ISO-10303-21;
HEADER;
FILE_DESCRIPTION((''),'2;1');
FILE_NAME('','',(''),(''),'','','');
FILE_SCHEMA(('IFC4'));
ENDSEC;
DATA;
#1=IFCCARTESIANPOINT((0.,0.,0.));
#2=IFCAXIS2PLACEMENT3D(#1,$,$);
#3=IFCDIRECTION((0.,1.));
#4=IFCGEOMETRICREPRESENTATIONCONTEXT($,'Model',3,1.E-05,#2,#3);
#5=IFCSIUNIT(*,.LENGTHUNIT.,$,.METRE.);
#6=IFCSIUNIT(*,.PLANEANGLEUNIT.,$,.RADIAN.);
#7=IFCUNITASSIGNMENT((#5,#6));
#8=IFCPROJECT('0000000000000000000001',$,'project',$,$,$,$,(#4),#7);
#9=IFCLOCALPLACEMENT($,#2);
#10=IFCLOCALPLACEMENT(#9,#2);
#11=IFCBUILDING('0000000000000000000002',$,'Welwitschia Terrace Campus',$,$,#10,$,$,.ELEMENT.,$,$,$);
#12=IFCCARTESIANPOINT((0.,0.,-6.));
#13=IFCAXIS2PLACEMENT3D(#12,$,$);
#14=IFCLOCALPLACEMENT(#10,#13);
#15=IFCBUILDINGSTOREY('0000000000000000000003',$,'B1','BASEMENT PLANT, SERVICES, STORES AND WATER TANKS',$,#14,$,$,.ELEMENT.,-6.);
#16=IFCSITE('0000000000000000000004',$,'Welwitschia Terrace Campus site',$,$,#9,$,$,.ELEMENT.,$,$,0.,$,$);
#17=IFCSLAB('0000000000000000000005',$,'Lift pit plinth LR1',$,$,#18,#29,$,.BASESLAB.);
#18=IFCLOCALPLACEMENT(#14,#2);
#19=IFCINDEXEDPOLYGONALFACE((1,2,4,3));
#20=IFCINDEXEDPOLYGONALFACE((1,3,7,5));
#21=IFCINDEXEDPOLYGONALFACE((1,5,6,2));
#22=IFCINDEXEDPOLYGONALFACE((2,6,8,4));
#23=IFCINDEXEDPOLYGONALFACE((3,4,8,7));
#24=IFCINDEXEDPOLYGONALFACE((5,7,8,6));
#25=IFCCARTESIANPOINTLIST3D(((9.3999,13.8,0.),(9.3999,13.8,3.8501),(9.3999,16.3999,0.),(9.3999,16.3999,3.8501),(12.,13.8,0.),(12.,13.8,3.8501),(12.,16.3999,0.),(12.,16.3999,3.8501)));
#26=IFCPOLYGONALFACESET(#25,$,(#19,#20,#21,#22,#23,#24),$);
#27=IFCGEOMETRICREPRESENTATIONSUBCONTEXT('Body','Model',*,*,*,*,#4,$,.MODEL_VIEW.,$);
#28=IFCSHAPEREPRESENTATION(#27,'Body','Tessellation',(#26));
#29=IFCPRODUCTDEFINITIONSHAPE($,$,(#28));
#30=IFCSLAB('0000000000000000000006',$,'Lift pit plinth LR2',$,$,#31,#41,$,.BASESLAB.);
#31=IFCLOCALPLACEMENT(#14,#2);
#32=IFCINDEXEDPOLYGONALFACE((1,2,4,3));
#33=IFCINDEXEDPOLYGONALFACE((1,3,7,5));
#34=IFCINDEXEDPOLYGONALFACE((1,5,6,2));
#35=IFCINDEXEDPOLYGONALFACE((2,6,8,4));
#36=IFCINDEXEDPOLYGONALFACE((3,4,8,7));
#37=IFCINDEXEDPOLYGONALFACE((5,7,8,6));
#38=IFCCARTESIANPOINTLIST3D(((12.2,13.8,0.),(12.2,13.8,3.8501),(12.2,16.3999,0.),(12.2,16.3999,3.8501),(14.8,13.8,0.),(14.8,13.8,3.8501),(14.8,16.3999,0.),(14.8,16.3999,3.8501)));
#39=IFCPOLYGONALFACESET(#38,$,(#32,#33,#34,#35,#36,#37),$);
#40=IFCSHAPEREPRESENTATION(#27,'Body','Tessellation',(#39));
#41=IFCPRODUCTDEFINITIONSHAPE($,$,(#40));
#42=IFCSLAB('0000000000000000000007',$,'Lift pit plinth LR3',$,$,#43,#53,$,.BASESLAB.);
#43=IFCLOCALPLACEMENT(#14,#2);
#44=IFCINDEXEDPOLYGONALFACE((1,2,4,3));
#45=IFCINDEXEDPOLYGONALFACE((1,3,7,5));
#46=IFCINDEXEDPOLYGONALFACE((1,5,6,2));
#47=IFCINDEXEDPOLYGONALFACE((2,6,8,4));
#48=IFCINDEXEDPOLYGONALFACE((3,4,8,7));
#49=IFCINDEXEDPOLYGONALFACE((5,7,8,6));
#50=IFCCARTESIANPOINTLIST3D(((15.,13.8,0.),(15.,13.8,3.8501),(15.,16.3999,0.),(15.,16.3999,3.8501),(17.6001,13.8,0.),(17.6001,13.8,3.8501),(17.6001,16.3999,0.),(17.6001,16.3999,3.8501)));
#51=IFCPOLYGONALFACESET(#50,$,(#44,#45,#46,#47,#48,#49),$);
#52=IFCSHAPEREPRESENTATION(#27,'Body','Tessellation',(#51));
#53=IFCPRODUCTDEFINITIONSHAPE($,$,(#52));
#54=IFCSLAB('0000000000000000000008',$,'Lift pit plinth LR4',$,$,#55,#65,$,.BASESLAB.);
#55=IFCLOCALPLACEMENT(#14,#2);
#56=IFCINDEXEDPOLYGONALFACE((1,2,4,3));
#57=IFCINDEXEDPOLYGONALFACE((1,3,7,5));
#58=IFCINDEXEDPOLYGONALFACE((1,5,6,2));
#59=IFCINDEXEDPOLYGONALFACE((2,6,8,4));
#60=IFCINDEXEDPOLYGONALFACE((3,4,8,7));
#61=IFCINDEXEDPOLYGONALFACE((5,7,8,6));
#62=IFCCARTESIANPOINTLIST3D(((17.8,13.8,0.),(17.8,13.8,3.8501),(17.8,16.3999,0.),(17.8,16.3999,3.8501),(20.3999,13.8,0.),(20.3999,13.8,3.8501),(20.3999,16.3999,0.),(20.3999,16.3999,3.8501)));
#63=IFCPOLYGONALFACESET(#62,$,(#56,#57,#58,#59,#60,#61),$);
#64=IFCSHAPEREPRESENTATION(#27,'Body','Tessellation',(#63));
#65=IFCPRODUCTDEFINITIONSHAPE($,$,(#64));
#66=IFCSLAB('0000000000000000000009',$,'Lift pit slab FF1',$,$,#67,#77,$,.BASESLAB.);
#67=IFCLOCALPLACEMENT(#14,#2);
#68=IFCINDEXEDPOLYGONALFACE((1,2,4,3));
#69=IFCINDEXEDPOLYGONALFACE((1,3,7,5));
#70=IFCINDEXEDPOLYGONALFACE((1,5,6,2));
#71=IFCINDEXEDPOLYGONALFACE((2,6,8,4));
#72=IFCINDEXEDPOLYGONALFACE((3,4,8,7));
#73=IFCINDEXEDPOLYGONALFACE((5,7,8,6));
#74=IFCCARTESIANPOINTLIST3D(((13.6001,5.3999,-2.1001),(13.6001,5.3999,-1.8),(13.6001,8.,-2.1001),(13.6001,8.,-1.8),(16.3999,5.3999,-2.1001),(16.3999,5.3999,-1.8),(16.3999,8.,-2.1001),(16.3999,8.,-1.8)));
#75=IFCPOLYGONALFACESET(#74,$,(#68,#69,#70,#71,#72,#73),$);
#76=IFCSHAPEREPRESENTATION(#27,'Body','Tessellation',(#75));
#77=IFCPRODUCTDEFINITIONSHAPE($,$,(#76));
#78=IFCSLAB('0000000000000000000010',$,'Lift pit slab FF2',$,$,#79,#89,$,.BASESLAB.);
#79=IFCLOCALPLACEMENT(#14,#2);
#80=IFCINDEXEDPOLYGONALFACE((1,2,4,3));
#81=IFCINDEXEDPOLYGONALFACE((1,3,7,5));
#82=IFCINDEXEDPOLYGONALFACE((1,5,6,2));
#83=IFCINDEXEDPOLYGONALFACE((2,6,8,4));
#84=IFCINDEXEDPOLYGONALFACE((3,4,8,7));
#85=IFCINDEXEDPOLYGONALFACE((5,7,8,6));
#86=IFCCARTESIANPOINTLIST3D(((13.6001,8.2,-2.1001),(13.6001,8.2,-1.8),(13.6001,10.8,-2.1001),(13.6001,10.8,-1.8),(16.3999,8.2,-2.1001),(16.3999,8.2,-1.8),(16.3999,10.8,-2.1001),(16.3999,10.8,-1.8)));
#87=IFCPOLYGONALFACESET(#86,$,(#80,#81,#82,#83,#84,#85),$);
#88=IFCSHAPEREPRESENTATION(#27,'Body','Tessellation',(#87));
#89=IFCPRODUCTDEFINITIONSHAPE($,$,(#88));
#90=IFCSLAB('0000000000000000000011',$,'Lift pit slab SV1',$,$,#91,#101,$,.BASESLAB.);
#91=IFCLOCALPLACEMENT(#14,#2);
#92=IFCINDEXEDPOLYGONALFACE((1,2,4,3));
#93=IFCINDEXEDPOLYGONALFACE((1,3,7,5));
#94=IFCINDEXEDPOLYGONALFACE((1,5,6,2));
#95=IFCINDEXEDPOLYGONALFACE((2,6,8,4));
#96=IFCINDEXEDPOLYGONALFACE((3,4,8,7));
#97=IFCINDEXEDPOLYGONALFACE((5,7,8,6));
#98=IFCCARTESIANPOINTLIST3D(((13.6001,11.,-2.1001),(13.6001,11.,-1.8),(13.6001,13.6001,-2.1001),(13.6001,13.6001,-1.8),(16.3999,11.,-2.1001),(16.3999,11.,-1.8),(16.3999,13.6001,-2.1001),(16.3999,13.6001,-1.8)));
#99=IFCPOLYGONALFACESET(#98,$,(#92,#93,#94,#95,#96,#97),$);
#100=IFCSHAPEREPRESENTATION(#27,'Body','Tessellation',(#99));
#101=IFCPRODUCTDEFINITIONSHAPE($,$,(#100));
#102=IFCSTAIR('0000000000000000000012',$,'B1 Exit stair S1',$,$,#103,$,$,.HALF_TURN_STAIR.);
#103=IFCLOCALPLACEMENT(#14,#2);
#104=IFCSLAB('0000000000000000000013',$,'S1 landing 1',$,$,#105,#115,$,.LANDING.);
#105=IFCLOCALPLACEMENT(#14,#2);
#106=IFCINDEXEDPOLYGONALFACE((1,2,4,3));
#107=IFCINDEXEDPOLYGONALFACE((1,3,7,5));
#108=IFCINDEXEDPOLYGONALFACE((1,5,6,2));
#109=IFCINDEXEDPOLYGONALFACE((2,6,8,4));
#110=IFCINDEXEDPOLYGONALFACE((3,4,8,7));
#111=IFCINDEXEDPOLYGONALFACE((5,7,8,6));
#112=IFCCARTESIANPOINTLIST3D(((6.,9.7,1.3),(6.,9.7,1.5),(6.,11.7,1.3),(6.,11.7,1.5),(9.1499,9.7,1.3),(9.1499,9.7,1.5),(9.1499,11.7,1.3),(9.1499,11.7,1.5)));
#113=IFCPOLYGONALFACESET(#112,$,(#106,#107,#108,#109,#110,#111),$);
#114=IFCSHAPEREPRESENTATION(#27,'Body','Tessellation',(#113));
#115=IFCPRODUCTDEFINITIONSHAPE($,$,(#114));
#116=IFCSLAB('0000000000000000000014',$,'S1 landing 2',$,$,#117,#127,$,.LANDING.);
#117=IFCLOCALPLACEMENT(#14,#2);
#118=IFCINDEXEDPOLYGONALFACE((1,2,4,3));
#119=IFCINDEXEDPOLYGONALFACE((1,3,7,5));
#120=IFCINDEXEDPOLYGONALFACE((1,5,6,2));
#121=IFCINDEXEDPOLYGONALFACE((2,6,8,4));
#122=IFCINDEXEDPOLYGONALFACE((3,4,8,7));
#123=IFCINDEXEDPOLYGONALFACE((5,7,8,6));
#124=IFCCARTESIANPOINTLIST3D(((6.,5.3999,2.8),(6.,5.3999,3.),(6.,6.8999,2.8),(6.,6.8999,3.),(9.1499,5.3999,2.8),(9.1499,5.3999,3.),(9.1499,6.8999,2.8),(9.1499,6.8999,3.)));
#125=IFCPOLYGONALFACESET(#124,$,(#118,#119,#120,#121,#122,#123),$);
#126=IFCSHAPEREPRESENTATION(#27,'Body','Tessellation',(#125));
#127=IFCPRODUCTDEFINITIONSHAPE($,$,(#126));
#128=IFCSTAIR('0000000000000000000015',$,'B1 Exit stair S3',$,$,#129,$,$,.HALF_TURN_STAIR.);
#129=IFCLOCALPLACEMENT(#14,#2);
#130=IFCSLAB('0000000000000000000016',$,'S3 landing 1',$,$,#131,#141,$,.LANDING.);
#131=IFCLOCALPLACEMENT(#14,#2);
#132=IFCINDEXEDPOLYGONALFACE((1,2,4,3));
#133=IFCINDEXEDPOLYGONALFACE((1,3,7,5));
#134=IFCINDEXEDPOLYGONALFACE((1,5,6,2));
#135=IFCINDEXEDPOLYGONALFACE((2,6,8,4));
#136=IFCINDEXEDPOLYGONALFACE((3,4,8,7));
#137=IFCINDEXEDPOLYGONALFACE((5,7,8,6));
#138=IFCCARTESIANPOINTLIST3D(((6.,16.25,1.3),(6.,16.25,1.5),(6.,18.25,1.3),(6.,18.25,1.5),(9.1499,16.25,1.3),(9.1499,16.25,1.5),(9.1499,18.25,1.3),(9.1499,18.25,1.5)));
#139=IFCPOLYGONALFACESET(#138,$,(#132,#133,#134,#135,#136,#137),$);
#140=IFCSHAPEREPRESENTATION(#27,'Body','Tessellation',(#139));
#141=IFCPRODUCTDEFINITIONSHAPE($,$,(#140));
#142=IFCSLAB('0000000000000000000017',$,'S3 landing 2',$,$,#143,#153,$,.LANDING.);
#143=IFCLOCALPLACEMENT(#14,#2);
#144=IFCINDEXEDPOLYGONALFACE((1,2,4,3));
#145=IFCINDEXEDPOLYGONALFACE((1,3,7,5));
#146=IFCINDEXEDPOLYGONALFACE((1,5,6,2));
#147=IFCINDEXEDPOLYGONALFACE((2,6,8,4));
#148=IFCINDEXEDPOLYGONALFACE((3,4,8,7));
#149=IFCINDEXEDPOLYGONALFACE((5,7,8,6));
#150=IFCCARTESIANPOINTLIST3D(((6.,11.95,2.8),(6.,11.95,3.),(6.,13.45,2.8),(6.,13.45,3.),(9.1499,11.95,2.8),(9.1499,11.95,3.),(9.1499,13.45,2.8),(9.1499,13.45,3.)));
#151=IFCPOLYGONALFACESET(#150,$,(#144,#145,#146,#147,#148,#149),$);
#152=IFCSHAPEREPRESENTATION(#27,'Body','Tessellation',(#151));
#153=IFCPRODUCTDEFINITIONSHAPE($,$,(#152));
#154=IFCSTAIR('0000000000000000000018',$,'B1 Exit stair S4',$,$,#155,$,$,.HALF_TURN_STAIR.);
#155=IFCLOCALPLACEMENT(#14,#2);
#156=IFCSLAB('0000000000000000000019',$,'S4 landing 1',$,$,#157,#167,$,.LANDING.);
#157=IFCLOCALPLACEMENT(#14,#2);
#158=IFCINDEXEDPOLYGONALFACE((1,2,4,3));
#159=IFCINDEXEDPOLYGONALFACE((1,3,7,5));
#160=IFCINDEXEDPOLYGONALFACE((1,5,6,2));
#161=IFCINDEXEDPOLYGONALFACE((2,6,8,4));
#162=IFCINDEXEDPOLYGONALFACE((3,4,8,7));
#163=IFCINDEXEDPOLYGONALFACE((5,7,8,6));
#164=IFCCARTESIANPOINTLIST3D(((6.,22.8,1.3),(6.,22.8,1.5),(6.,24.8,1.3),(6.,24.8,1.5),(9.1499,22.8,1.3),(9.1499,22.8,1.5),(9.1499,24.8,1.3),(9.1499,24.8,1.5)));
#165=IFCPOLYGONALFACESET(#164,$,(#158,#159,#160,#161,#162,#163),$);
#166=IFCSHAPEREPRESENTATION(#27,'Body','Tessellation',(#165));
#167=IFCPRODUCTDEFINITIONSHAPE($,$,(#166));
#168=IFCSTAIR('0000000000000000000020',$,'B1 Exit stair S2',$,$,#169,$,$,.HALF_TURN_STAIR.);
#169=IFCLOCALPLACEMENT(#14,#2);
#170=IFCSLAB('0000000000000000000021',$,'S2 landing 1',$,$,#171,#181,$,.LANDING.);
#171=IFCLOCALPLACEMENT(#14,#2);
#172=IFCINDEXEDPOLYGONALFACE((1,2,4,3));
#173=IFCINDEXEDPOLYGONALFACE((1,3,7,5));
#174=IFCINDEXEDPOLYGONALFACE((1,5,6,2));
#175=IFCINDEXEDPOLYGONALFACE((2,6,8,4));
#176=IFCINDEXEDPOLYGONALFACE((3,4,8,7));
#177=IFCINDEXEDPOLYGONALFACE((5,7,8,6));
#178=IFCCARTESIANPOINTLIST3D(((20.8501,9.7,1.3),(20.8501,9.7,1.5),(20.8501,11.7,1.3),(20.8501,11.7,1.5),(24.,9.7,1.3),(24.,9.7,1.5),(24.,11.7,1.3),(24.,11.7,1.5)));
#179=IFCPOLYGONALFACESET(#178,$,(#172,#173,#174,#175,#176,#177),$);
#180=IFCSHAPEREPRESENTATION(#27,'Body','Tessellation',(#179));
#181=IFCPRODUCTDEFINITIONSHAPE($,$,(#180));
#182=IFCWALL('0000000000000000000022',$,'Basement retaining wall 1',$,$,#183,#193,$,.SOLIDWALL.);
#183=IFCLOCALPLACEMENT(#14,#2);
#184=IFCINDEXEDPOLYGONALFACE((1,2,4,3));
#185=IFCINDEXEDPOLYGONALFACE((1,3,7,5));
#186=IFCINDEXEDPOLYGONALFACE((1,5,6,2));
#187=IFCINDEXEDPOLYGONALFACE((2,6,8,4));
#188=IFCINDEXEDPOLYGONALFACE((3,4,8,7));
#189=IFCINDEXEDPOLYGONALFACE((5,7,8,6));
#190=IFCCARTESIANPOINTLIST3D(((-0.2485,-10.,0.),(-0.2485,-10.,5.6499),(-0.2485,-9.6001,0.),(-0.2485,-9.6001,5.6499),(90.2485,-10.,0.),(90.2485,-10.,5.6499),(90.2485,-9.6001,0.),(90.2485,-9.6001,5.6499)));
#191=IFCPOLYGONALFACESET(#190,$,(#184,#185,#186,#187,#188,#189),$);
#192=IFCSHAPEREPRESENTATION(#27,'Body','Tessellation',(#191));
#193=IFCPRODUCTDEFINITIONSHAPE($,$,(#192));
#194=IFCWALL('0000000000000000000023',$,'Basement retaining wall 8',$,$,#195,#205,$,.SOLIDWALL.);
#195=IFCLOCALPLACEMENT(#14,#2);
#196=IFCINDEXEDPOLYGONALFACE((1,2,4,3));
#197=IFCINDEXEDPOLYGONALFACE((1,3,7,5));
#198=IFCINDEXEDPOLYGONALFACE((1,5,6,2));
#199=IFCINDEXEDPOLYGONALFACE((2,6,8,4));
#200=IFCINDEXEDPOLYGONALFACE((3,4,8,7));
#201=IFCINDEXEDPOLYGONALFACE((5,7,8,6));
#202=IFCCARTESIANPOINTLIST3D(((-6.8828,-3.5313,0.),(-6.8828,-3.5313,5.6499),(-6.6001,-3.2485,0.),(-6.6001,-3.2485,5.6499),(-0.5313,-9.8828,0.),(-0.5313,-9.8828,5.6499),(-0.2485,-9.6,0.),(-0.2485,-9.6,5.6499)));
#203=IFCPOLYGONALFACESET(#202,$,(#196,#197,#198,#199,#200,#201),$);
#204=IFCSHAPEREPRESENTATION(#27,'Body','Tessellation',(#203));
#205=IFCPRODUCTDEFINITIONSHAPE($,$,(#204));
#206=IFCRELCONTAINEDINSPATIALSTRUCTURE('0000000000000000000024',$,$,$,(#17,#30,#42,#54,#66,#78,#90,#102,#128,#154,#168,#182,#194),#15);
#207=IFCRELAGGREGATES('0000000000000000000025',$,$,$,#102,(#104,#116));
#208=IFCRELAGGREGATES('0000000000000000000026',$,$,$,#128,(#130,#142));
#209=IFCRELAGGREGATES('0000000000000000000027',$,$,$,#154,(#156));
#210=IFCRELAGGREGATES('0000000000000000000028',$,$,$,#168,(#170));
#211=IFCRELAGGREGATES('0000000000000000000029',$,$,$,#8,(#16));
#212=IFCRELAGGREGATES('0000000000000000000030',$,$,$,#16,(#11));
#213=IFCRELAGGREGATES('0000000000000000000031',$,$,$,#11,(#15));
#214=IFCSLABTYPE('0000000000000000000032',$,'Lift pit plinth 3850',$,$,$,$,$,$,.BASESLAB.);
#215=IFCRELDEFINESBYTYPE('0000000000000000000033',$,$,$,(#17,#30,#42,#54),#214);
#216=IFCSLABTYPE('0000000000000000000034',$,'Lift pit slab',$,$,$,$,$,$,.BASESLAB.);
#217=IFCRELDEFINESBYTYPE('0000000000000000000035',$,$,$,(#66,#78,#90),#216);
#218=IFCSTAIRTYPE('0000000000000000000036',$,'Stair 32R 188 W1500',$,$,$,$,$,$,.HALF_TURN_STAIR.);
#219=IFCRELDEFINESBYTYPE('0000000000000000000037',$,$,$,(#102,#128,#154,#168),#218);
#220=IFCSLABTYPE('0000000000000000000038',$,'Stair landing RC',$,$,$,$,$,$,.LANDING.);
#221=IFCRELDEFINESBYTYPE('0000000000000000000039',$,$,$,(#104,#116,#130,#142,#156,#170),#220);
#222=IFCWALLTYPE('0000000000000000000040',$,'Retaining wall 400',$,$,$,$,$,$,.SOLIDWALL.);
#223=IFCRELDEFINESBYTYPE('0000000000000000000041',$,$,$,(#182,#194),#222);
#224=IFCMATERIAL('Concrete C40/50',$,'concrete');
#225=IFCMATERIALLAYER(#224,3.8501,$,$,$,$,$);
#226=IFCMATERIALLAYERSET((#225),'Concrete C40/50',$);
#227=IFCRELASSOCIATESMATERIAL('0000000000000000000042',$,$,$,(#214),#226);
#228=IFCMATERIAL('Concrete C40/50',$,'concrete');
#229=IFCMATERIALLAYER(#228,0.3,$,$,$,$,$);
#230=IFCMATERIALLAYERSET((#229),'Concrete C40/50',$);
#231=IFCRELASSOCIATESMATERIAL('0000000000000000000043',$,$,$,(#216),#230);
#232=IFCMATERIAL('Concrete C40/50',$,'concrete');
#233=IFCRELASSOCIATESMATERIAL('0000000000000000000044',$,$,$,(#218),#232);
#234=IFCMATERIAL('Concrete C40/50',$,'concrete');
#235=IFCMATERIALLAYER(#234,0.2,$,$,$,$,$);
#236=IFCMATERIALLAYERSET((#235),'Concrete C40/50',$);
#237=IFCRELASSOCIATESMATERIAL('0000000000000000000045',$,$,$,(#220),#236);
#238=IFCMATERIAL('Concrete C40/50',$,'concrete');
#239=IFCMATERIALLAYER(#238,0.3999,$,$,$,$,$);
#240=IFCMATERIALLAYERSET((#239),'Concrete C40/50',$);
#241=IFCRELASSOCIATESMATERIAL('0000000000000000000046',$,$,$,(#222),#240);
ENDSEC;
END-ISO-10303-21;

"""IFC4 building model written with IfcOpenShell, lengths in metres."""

from ifc_helpers import new_model, si_unit, direction, frame, frame_2d, origin, place, context, subcontext, project, spatial, polyline, rectangle, outline, extrude, material, layer, layer_set, type_object, element, aggregate, save


model = new_model("IFC4")

# Units and contexts
model_context = context("Model", 3, precision=1e-05, world=origin(), true_north=direction((0.0, 1.0)))
body_context = subcontext(model_context, "Body", "Model", "MODEL_VIEW")
ifc_project = project(units=[si_unit("LENGTHUNIT", "METRE"), si_unit("PLANEANGLEUNIT", "RADIAN")], contexts=[model_context])

# Site, building, storey
site_placement = place(None, origin())
site = spatial("IfcSite", under=ifc_project, at=site_placement, Name="Welwitschia Terrace Campus site", CompositionType="ELEMENT", RefElevation=0.0)
building_placement = place(site_placement, origin())
building = spatial("IfcBuilding", under=site, at=building_placement, Name="Welwitschia Terrace Campus", CompositionType="ELEMENT")
storey_placement = place(building_placement, frame((0.0, 0.0, -6.0)))
storey = spatial("IfcBuildingStorey", under=building, at=storey_placement, Name="B1", Description="BASEMENT PLANT, SERVICES, STORES AND WATER TANKS", CompositionType="ELEMENT", Elevation=-6.0)

# Slabs
ifc_material_1 = material(Name="Concrete C40/50", Category="concrete")
ifc_layer_1 = layer(ifc_material_1, 3.8501)
ifc_layer_set_1 = layer_set([ifc_layer_1], Name="Concrete C40/50")
slab_type_1 = type_object("IfcSlabType", Name="Lift pit plinth 3850", PredefinedType="BASESLAB", material=ifc_layer_set_1)
slab_1_placement = place(storey_placement, origin())
element("IfcSlab", 1, at=slab_1_placement, inside=storey, type_object=slab_type_1, Name="Lift pit plinth LR1", PredefinedType="BASESLAB", context=body_context, shape_type="SweptSolid", body=[
    extrude(outline(polyline([(9.3999, 13.8), (12.0, 13.8), (12.0, 16.3999), (9.3999, 16.3999), (9.3999, 13.8)])), origin(), (0.0, 0.0, 1.0), 3.8501),
])
slab_2_placement = place(storey_placement, origin())
element("IfcSlab", 2, at=slab_2_placement, inside=storey, type_object=slab_type_1, Name="Lift pit plinth LR2", PredefinedType="BASESLAB", context=body_context, shape_type="SweptSolid", body=[
    extrude(outline(polyline([(12.2, 13.8), (14.8, 13.8), (14.8, 16.3999), (12.2, 16.3999), (12.2, 13.8)])), origin(), (0.0, 0.0, 1.0), 3.8501),
])
slab_3_placement = place(storey_placement, origin())
element("IfcSlab", 3, at=slab_3_placement, inside=storey, type_object=slab_type_1, Name="Lift pit plinth LR3", PredefinedType="BASESLAB", context=body_context, shape_type="SweptSolid", body=[
    extrude(outline(polyline([(15.0, 13.8), (17.6001, 13.8), (17.6001, 16.3999), (15.0, 16.3999), (15.0, 13.8)])), origin(), (0.0, 0.0, 1.0), 3.8501),
])
slab_4_placement = place(storey_placement, origin())
element("IfcSlab", 4, at=slab_4_placement, inside=storey, type_object=slab_type_1, Name="Lift pit plinth LR4", PredefinedType="BASESLAB", context=body_context, shape_type="SweptSolid", body=[
    extrude(outline(polyline([(17.8, 13.8), (20.3999, 13.8), (20.3999, 16.3999), (17.8, 16.3999), (17.8, 13.8)])), origin(), (0.0, 0.0, 1.0), 3.8501),
])
ifc_material_2 = material(Name="Concrete C40/50", Category="concrete")
ifc_layer_2 = layer(ifc_material_2, 0.3)
ifc_layer_set_2 = layer_set([ifc_layer_2], Name="Concrete C40/50")
slab_type_2 = type_object("IfcSlabType", Name="Lift pit slab", PredefinedType="BASESLAB", material=ifc_layer_set_2)
slab_5_placement = place(storey_placement, frame((0.0, 0.0, -2.1001)))
element("IfcSlab", 5, at=slab_5_placement, inside=storey, type_object=slab_type_2, Name="Lift pit slab FF1", PredefinedType="BASESLAB", context=body_context, shape_type="SweptSolid", body=[
    extrude(outline(polyline([(13.6001, 5.3999), (16.3999, 5.3999), (16.3999, 8.0), (13.6001, 8.0), (13.6001, 5.3999)])), origin(), (0.0, 0.0, 1.0), 0.3),
])
slab_6_placement = place(storey_placement, frame((0.0, 0.0, -2.1001)))
element("IfcSlab", 6, at=slab_6_placement, inside=storey, type_object=slab_type_2, Name="Lift pit slab FF2", PredefinedType="BASESLAB", context=body_context, shape_type="SweptSolid", body=[
    extrude(outline(polyline([(13.6001, 8.2), (16.3999, 8.2), (16.3999, 10.8), (13.6001, 10.8), (13.6001, 8.2)])), origin(), (0.0, 0.0, 1.0), 0.3),
])
slab_7_placement = place(storey_placement, frame((0.0, 0.0, -2.1001)))
element("IfcSlab", 7, at=slab_7_placement, inside=storey, type_object=slab_type_2, Name="Lift pit slab SV1", PredefinedType="BASESLAB", context=body_context, shape_type="SweptSolid", body=[
    extrude(outline(polyline([(13.6001, 11.0), (16.3999, 11.0), (16.3999, 13.6001), (13.6001, 13.6001), (13.6001, 11.0)])), origin(), (0.0, 0.0, 1.0), 0.3),
])

# Stairs, slabs
ifc_material_3 = material(Name="Concrete C40/50", Category="concrete")
stair_type = type_object("IfcStairType", Name="Stair 32R 188 W1500", PredefinedType="HALF_TURN_STAIR", material=ifc_material_3)
stair_1_placement = place(storey_placement, origin())
stair_1 = element("IfcStair", 8, at=stair_1_placement, inside=storey, type_object=stair_type, Name="B1 Exit stair S1", PredefinedType="HALF_TURN_STAIR")
ifc_material_4 = material(Name="Concrete C40/50", Category="concrete")
ifc_layer_3 = layer(ifc_material_4, 0.2)
ifc_layer_set_3 = layer_set([ifc_layer_3], Name="Concrete C40/50")
slab_type_3 = type_object("IfcSlabType", Name="Stair landing RC", PredefinedType="LANDING", material=ifc_layer_set_3)
slab_8_placement = place(storey_placement, frame((0.0, 0.0, 1.3)))
slab_8 = element("IfcSlab", 9, at=slab_8_placement, type_object=slab_type_3, Name="S1 landing 1", PredefinedType="LANDING", context=body_context, shape_type="SweptSolid", body=[
    extrude(outline(polyline([(9.1499, 9.7), (9.1499, 11.7), (6.0, 11.7), (6.0, 9.7), (9.1499, 9.7)])), origin(), (0.0, 0.0, 1.0), 0.2),
])
slab_9_placement = place(storey_placement, frame((0.0, 0.0, 2.8)))
slab_9 = element("IfcSlab", 10, at=slab_9_placement, type_object=slab_type_3, Name="S1 landing 2", PredefinedType="LANDING", context=body_context, shape_type="SweptSolid", body=[
    extrude(outline(polyline([(9.1499, 5.3999), (9.1499, 6.8999), (6.0, 6.8999), (6.0, 5.3999), (9.1499, 5.3999)])), origin(), (0.0, 0.0, 1.0), 0.2),
])
aggregate(stair_1, [slab_8, slab_9])
stair_2_placement = place(storey_placement, origin())
stair_2 = element("IfcStair", 11, at=stair_2_placement, inside=storey, type_object=stair_type, Name="B1 Exit stair S3", PredefinedType="HALF_TURN_STAIR")
slab_10_placement = place(storey_placement, frame((0.0, 0.0, 1.3)))
slab_10 = element("IfcSlab", 12, at=slab_10_placement, type_object=slab_type_3, Name="S3 landing 1", PredefinedType="LANDING", context=body_context, shape_type="SweptSolid", body=[
    extrude(outline(polyline([(9.1499, 16.25), (9.1499, 18.25), (6.0, 18.25), (6.0, 16.25), (9.1499, 16.25)])), origin(), (0.0, 0.0, 1.0), 0.2),
])
slab_11_placement = place(storey_placement, frame((0.0, 0.0, 2.8)))
slab_11 = element("IfcSlab", 13, at=slab_11_placement, type_object=slab_type_3, Name="S3 landing 2", PredefinedType="LANDING", context=body_context, shape_type="SweptSolid", body=[
    extrude(outline(polyline([(9.1499, 11.95), (9.1499, 13.45), (6.0, 13.45), (6.0, 11.95), (9.1499, 11.95)])), origin(), (0.0, 0.0, 1.0), 0.2),
])
aggregate(stair_2, [slab_10, slab_11])

# Stairs, slabs
stair_3_placement = place(storey_placement, origin())
stair_3 = element("IfcStair", 14, at=stair_3_placement, inside=storey, type_object=stair_type, Name="B1 Exit stair S4", PredefinedType="HALF_TURN_STAIR")
slab_12_placement = place(storey_placement, frame((0.0, 0.0, 1.3)))
slab_12 = element("IfcSlab", 15, at=slab_12_placement, type_object=slab_type_3, Name="S4 landing 1", PredefinedType="LANDING", context=body_context, shape_type="SweptSolid", body=[
    extrude(outline(polyline([(9.1499, 22.8), (9.1499, 24.8), (6.0, 24.8), (6.0, 22.8), (9.1499, 22.8)])), origin(), (0.0, 0.0, 1.0), 0.2),
])
aggregate(stair_3, [slab_12])
stair_4_placement = place(storey_placement, origin())
stair_4 = element("IfcStair", 16, at=stair_4_placement, inside=storey, type_object=stair_type, Name="B1 Exit stair S2", PredefinedType="HALF_TURN_STAIR")
slab_13_placement = place(storey_placement, frame((0.0, 0.0, 1.3)))
slab_13 = element("IfcSlab", 17, at=slab_13_placement, type_object=slab_type_3, Name="S2 landing 1", PredefinedType="LANDING", context=body_context, shape_type="SweptSolid", body=[
    extrude(outline(polyline([(24.0, 9.7), (24.0, 11.7), (20.8501, 11.7), (20.8501, 9.7), (24.0, 9.7)])), origin(), (0.0, 0.0, 1.0), 0.2),
])
aggregate(stair_4, [slab_13])

# Walls
ifc_material_5 = material(Name="Concrete C40/50", Category="concrete")
ifc_layer_4 = layer(ifc_material_5, 0.3999)
ifc_layer_set_4 = layer_set([ifc_layer_4], Name="Concrete C40/50")
wall_type = type_object("IfcWallType", Name="Retaining wall 400", PredefinedType="SOLIDWALL", material=ifc_layer_set_4)
wall_1_placement = place(storey_placement, frame((-0.2485, -9.8, 0.0), z_axis=(0.0, 0.0, 1.0), x_axis=(1.0, 0.0, 0.0)))
element("IfcWall", 18, at=wall_1_placement, inside=storey, type_object=wall_type, Name="Basement retaining wall 1", PredefinedType="SOLIDWALL", context=body_context, shape_type="SweptSolid", body=[
    extrude(rectangle(XDim=90.4971, YDim=0.3999, at=frame_2d((45.2485, 0.0))), origin(), (0.0, 0.0, 1.0), 5.6499),
])
wall_2_placement = place(storey_placement, frame((-6.7415, -3.3899, 0.0), z_axis=(0.0, 0.0, 1.0), x_axis=(0.707107, -0.707107, 0.0)))
element("IfcWall", 19, at=wall_2_placement, inside=storey, type_object=wall_type, Name="Basement retaining wall 8", PredefinedType="SOLIDWALL", context=body_context, shape_type="SweptSolid", body=[
    extrude(rectangle(XDim=8.9824, YDim=0.3999, at=frame_2d((4.4912, 0.0))), origin(), (0.0, 0.0, 1.0), 5.6499),
])

save(model, "model.ifc")
